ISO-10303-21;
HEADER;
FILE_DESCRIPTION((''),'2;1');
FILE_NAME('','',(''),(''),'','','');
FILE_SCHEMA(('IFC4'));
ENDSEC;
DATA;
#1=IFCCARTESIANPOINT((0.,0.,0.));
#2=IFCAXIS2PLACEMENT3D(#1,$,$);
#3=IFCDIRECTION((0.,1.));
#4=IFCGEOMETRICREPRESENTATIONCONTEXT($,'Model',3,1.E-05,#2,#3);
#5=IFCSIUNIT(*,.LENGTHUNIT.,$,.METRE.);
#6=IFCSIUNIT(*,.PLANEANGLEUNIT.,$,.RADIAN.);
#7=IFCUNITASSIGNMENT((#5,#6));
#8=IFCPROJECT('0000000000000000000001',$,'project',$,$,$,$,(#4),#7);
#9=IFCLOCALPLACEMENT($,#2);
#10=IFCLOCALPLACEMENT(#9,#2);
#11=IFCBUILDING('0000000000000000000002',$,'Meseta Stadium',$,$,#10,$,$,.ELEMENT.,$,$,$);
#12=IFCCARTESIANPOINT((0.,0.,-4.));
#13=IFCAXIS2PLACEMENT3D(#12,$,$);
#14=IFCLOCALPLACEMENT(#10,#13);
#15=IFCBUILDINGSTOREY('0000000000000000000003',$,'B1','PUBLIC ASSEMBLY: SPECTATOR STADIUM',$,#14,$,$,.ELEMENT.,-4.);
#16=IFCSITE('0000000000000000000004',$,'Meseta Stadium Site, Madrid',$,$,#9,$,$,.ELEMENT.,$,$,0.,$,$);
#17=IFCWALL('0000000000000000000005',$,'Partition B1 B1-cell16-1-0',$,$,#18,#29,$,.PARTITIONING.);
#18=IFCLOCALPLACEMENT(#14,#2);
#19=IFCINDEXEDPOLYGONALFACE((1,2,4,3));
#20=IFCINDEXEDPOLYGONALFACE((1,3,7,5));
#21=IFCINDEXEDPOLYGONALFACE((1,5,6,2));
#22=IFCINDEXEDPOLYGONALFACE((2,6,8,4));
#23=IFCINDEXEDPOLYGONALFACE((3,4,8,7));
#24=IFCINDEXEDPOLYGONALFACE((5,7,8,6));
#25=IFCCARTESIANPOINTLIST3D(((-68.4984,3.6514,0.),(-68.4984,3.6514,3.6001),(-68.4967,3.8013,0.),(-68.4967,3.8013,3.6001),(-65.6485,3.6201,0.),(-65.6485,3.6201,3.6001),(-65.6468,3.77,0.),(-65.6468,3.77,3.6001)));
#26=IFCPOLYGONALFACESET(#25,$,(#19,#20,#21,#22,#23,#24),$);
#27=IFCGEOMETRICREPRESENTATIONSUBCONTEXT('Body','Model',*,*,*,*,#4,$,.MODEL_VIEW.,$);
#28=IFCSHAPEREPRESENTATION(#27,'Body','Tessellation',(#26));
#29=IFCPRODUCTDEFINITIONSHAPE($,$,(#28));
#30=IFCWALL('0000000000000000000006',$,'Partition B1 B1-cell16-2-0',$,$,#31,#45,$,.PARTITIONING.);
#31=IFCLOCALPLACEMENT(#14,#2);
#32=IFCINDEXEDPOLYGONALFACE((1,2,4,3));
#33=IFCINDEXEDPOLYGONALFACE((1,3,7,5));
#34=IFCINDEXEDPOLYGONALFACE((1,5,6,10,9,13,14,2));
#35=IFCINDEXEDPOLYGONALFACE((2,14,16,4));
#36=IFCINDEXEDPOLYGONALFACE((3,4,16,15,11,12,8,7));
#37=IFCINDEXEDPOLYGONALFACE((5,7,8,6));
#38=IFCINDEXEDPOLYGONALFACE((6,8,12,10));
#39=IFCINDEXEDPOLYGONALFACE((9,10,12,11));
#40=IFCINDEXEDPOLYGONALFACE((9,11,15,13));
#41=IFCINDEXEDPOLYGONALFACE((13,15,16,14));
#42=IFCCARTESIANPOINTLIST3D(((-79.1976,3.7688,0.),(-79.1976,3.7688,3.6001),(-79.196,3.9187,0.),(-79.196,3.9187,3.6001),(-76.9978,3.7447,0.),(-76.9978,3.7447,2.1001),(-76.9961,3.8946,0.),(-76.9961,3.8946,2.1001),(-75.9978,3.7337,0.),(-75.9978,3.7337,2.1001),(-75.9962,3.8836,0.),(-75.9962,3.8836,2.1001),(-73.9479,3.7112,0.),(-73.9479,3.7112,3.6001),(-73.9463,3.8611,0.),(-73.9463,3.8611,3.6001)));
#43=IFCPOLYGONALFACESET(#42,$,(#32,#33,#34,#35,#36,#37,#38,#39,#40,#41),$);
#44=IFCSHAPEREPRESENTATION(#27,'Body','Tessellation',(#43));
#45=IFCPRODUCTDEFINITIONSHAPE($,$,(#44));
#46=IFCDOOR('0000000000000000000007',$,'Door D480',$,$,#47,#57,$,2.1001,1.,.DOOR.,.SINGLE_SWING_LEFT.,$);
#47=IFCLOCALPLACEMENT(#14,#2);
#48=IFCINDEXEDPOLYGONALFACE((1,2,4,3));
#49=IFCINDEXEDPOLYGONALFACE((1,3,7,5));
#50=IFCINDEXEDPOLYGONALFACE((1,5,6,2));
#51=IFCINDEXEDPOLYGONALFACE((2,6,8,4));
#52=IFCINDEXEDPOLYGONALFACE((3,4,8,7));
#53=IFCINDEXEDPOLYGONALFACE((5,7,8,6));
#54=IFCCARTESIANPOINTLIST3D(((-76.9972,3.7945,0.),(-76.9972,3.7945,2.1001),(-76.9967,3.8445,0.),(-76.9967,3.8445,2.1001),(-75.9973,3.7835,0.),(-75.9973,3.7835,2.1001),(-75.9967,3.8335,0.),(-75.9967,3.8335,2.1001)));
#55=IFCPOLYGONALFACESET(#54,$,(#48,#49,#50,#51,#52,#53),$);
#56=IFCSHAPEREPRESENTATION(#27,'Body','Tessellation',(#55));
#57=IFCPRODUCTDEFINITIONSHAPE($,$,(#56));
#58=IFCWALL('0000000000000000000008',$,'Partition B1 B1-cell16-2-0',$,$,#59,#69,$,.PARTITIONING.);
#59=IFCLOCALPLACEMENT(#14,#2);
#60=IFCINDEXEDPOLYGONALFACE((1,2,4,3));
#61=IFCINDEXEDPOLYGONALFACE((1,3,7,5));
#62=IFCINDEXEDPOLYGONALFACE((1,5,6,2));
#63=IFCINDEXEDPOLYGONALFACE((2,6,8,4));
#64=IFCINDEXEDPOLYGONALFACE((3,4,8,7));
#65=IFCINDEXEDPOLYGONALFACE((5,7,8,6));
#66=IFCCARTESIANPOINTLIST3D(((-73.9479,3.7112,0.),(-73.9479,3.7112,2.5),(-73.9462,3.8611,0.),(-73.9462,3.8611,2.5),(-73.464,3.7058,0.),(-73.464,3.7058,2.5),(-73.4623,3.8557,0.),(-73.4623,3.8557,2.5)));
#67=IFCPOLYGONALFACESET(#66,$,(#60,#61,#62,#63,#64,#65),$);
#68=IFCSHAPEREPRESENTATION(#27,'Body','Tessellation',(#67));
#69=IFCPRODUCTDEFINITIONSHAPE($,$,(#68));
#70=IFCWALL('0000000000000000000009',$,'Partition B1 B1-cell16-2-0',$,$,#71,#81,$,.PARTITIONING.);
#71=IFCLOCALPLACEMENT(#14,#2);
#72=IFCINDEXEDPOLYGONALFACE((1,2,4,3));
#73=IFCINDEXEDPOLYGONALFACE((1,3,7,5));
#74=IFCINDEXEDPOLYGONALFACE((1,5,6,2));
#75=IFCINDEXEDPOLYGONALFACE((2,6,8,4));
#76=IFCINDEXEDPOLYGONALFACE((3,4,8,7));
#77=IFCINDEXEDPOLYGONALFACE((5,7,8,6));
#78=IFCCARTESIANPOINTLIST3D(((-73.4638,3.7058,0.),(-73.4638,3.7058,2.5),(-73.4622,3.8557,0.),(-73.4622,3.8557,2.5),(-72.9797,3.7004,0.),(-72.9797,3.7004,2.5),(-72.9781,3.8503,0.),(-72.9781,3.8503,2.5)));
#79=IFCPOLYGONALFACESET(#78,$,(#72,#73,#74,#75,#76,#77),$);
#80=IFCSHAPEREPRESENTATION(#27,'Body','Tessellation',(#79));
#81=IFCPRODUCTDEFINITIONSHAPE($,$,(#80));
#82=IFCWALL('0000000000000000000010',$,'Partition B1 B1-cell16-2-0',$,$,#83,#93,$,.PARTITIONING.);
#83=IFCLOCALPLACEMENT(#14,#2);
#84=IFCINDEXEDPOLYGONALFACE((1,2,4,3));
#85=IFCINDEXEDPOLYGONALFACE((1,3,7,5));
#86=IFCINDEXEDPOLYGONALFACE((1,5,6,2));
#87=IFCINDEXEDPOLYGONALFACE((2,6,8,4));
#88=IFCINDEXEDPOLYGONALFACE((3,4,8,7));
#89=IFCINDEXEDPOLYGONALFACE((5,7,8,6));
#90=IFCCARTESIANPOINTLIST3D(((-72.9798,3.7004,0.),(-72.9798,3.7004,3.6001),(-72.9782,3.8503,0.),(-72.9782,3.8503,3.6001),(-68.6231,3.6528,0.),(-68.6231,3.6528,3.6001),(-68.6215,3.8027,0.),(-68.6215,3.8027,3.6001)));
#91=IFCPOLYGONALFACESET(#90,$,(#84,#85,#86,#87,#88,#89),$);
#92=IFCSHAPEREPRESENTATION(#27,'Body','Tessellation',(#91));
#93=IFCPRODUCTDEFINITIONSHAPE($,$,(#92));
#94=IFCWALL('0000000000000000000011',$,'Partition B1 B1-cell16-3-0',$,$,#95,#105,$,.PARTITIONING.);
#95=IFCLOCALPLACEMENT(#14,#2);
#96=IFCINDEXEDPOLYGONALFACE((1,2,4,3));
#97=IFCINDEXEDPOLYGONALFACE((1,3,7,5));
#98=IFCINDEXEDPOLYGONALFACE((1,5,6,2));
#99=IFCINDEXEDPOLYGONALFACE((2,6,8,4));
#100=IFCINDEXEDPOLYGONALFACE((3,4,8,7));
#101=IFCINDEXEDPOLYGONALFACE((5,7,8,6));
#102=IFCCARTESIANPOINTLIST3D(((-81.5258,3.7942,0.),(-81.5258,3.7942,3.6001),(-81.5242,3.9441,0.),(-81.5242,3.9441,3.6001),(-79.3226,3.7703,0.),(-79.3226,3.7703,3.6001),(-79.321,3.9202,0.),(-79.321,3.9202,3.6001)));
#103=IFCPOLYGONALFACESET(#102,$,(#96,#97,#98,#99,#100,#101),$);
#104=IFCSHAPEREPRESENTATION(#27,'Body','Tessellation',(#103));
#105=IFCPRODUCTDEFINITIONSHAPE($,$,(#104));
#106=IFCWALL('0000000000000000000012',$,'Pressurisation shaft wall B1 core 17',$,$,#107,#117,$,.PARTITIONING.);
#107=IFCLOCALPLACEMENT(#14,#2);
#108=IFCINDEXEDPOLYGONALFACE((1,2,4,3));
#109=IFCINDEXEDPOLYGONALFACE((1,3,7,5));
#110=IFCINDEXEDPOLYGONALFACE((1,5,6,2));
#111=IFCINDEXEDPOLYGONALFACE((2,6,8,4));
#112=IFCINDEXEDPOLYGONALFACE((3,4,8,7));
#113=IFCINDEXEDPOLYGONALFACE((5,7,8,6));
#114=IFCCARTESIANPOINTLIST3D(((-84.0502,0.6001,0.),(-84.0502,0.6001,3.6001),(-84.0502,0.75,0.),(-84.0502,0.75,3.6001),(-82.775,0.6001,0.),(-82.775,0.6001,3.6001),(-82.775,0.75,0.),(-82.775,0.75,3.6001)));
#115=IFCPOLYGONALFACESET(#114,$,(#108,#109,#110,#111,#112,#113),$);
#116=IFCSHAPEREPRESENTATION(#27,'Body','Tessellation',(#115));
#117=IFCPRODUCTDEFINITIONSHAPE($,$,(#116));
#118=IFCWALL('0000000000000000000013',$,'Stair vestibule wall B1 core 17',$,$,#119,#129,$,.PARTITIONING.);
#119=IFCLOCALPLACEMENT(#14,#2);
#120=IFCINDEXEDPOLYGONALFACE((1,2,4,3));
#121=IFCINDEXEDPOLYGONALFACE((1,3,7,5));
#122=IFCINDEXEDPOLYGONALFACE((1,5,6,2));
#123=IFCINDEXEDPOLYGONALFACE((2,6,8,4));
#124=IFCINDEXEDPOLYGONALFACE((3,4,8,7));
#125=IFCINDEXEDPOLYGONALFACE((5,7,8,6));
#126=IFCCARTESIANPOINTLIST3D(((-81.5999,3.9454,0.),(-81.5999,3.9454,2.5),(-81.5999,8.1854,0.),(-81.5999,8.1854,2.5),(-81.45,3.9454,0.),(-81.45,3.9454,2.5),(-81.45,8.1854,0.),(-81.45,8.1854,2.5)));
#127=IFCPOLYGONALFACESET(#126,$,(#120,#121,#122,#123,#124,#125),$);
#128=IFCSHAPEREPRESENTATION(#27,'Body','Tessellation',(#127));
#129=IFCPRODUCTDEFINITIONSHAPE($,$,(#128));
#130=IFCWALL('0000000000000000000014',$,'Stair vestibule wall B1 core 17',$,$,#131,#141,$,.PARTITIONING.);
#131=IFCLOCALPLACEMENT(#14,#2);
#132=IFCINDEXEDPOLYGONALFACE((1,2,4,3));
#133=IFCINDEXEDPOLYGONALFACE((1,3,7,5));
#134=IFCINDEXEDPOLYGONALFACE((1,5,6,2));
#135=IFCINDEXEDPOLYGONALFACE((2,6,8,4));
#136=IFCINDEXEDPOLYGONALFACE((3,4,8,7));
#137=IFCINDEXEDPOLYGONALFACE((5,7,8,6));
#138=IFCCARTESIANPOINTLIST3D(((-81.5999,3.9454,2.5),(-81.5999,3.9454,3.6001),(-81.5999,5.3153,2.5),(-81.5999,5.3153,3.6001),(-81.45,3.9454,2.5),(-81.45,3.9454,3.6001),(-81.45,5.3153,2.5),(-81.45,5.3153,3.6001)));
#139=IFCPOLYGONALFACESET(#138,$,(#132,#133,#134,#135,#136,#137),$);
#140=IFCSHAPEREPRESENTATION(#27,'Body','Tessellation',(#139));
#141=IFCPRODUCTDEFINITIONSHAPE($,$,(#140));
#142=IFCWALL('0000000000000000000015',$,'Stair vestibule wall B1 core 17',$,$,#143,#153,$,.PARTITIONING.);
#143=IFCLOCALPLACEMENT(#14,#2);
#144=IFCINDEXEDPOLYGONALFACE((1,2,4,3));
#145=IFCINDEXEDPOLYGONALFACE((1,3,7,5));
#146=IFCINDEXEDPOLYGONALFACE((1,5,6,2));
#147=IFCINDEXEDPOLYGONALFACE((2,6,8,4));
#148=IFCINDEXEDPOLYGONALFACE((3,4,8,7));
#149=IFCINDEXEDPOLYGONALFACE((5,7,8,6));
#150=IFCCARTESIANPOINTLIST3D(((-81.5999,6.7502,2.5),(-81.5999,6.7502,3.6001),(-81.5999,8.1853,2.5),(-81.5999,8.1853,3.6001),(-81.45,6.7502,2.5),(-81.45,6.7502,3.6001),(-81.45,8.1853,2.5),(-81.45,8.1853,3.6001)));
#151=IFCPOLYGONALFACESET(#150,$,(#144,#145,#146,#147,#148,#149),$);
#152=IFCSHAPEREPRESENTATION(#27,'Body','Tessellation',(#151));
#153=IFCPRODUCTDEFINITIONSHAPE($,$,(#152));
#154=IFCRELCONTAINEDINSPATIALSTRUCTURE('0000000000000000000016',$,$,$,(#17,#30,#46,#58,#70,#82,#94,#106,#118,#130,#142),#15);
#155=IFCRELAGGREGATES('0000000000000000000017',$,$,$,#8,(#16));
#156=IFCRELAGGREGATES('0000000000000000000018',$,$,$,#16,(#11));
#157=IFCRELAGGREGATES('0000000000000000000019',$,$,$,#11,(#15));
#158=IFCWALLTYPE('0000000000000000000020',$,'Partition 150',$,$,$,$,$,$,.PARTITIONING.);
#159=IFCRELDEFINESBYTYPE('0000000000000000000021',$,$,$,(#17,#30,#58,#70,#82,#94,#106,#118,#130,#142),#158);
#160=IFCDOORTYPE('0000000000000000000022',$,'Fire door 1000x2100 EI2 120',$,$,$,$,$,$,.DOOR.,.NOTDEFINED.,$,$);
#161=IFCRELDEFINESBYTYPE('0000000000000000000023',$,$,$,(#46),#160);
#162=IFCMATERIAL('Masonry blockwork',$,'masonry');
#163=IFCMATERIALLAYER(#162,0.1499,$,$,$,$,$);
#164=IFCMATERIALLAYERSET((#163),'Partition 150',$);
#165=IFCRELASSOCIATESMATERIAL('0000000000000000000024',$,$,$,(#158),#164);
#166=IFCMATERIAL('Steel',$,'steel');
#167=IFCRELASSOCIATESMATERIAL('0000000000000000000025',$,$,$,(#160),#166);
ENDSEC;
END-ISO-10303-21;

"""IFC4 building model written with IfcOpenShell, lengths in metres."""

from ifc_helpers import new_model, si_unit, direction, frame, frame_2d, origin, place, context, subcontext, project, spatial, rectangle, extrude, material, layer, layer_set, type_object, element, fill, save


model = new_model("IFC4")

# Units and contexts
model_context = context("Model", 3, precision=1e-05, world=origin(), true_north=direction((0.0, 1.0)))
body_context = subcontext(model_context, "Body", "Model", "MODEL_VIEW")
ifc_project = project(units=[si_unit("LENGTHUNIT", "METRE"), si_unit("PLANEANGLEUNIT", "RADIAN")], contexts=[model_context])

# Site, building, storey
site_placement = place(None, origin())
site = spatial("IfcSite", under=ifc_project, at=site_placement, Name="Meseta Stadium Site, Madrid", CompositionType="ELEMENT", RefElevation=0.0)
building_placement = place(site_placement, origin())
building = spatial("IfcBuilding", under=site, at=building_placement, Name="Meseta Stadium", CompositionType="ELEMENT")
storey_placement = place(building_placement, frame((0.0, 0.0, -4.0)))
storey = spatial("IfcBuildingStorey", under=building, at=storey_placement, Name="B1", Description="PUBLIC ASSEMBLY: SPECTATOR STADIUM", CompositionType="ELEMENT", Elevation=-4.0)

# Shared definitions
ifc_material_1 = material(Name="Masonry blockwork", Category="masonry")
ifc_layer = layer(ifc_material_1, 0.1499)
ifc_layer_set = layer_set([ifc_layer], Name="Partition 150")
wall_type = type_object("IfcWallType", Name="Partition 150", PredefinedType="PARTITIONING", material=ifc_layer_set)

# Wall
wall_1_placement = place(storey_placement, frame((-68.4976, 3.7263, 0.0), z_axis=(0.0, 0.0, 1.0), x_axis=(0.99994, -0.010965, 0.0)))
element("IfcWall", 1, at=wall_1_placement, inside=storey, type_object=wall_type, Name="Partition B1 B1-cell16-1-0", PredefinedType="PARTITIONING", context=body_context, shape_type="SweptSolid", body=[
    extrude(rectangle(XDim=2.8501, YDim=0.1499, at=frame_2d((1.425, 0.0))), origin(), (0.0, 0.0, 1.0), 3.6001),
])

# Wall, opening, door
wall_2_placement = place(storey_placement, frame((-79.1968, 3.8438, 0.0), z_axis=(0.0, 0.0, 1.0), x_axis=(0.99994, -0.010975, 0.0)))
wall_2 = element("IfcWall", 2, at=wall_2_placement, inside=storey, type_object=wall_type, Name="Partition B1 B1-cell16-2-0", PredefinedType="PARTITIONING", context=body_context, shape_type="SweptSolid", body=[
    extrude(rectangle(XDim=5.25, YDim=0.1499, at=frame_2d((2.625, 0.0))), origin(), (0.0, 0.0, 1.0), 3.6001),
])
opening_1_placement = place(wall_2_placement, frame((2.2, 0.0, 0.0)))
opening_1 = element("IfcOpeningElement", 3, at=opening_1_placement, cuts=wall_2, PredefinedType="OPENING", context=body_context, shape_type="SweptSolid", body=[
    extrude(rectangle(XDim=1.0, YDim=2.1001, at=frame_2d((0.5, 1.05))), frame((0.0, 0.085, 0.0), z_axis=(0.0, -1.0, 0.0), x_axis=(1.0, 0.0, 0.0)), (0.0, 0.0, 1.0), 0.1699),
])
ifc_material_2 = material(Name="Steel", Category="steel")
door_type_1 = type_object("IfcDoorType", Name="Fire door 1000x2100 EI2 120", OperationType="NOTDEFINED", PredefinedType="DOOR", material=ifc_material_2)
door_1_placement = place(opening_1_placement, origin())
door_1 = element("IfcDoor", 4, at=door_1_placement, inside=storey, type_object=door_type_1, Name="Door D480", OperationType="SINGLE_SWING_LEFT", OverallHeight=2.1001, OverallWidth=1.0, PredefinedType="DOOR", context=body_context, shape_type="SweptSolid", body=[
    extrude(rectangle(XDim=1.0, YDim=2.1001, at=frame_2d((0.5, 1.05))), frame((0.0, 0.0249, 0.0), z_axis=(0.0, -1.0, 0.0), x_axis=(1.0, 0.0, 0.0)), (0.0, 0.0, 1.0), 0.05),
])
fill(opening_1, door_1)

# Walls
wall_3_placement = place(storey_placement, frame((-73.947, 3.7861, 0.0), z_axis=(0.0, 0.0, 1.0), x_axis=(0.999938, -0.011099, 0.0)))
element("IfcWall", 5, at=wall_3_placement, inside=storey, type_object=wall_type, Name="Partition B1 B1-cell16-2-0", PredefinedType="PARTITIONING", context=body_context, shape_type="SweptSolid", body=[
    extrude(rectangle(XDim=0.4839, YDim=0.1499, at=frame_2d((0.2419, 0.0))), origin(), (0.0, 0.0, 1.0), 2.5),
])
wall_4_placement = place(storey_placement, frame((-73.4631, 3.7808, 0.0), z_axis=(0.0, 0.0, 1.0), x_axis=(0.999938, -0.011094, 0.0)))
element("IfcWall", 6, at=wall_4_placement, inside=storey, type_object=wall_type, Name="Partition B1 B1-cell16-2-0", PredefinedType="PARTITIONING", context=body_context, shape_type="SweptSolid", body=[
    extrude(rectangle(XDim=0.4841, YDim=0.1499, at=frame_2d((0.2422, 0.0))), origin(), (0.0, 0.0, 1.0), 2.5),
])
wall_5_placement = place(storey_placement, frame((-72.979, 3.7754, 0.0), z_axis=(0.0, 0.0, 1.0), x_axis=(0.99994, -0.010927, 0.0)))
element("IfcWall", 7, at=wall_5_placement, inside=storey, type_object=wall_type, Name="Partition B1 B1-cell16-2-0", PredefinedType="PARTITIONING", context=body_context, shape_type="SweptSolid", body=[
    extrude(rectangle(XDim=4.3569, YDim=0.1499, at=frame_2d((2.1785, 0.0))), origin(), (0.0, 0.0, 1.0), 3.6001),
])
wall_6_placement = place(storey_placement, frame((-81.5249, 3.8691, 0.0), z_axis=(0.0, 0.0, 1.0), x_axis=(0.999941, -0.010859, 0.0)))
element("IfcWall", 8, at=wall_6_placement, inside=storey, type_object=wall_type, Name="Partition B1 B1-cell16-3-0", PredefinedType="PARTITIONING", context=body_context, shape_type="SweptSolid", body=[
    extrude(rectangle(XDim=2.2034, YDim=0.1499, at=frame_2d((1.1016, 0.0))), origin(), (0.0, 0.0, 1.0), 3.6001),
])
wall_7_placement = place(storey_placement, frame((-82.7749, 0.675, 0.0), z_axis=(0.0, 0.0, 1.0), x_axis=(-1.0, 0.0, 0.0)))
element("IfcWall", 9, at=wall_7_placement, inside=storey, type_object=wall_type, Name="Pressurisation shaft wall B1 core 17", PredefinedType="PARTITIONING", context=body_context, shape_type="SweptSolid", body=[
    extrude(rectangle(XDim=1.2751, YDim=0.1499, at=frame_2d((0.6377, 0.0))), origin(), (0.0, 0.0, 1.0), 3.6001),
])
wall_8_placement = place(storey_placement, frame((-81.5249, 3.9453, 0.0), z_axis=(0.0, 0.0, 1.0), x_axis=(0.0, 1.0, 0.0)))
element("IfcWall", 10, at=wall_8_placement, inside=storey, type_object=wall_type, Name="Stair vestibule wall B1 core 17", PredefinedType="PARTITIONING", context=body_context, shape_type="SweptSolid", body=[
    extrude(rectangle(XDim=4.24, YDim=0.1499, at=frame_2d((2.1201, 0.0))), origin(), (0.0, 0.0, 1.0), 2.5),
])
wall_9_placement = place(storey_placement, frame((-81.5249, 3.9453, 2.5), z_axis=(0.0, 0.0, 1.0), x_axis=(0.0, 1.0, 0.0)))
element("IfcWall", 11, at=wall_9_placement, inside=storey, type_object=wall_type, Name="Stair vestibule wall B1 core 17", PredefinedType="PARTITIONING", context=body_context, shape_type="SweptSolid", body=[
    extrude(rectangle(XDim=1.3699, YDim=0.1499, at=frame_2d((0.6851, 0.0))), origin(), (0.0, 0.0, 1.0), 1.1001),
])
wall_10_placement = place(storey_placement, frame((-81.5249, 6.7502, 2.5), z_axis=(0.0, 0.0, 1.0), x_axis=(0.0, 1.0, 0.0)))
element("IfcWall", 12, at=wall_10_placement, inside=storey, type_object=wall_type, Name="Stair vestibule wall B1 core 17", PredefinedType="PARTITIONING", context=body_context, shape_type="SweptSolid", body=[
    extrude(rectangle(XDim=1.4351, YDim=0.1499, at=frame_2d((0.7175, 0.0))), origin(), (0.0, 0.0, 1.0), 1.1001),
])

save(model, "model.ifc")
